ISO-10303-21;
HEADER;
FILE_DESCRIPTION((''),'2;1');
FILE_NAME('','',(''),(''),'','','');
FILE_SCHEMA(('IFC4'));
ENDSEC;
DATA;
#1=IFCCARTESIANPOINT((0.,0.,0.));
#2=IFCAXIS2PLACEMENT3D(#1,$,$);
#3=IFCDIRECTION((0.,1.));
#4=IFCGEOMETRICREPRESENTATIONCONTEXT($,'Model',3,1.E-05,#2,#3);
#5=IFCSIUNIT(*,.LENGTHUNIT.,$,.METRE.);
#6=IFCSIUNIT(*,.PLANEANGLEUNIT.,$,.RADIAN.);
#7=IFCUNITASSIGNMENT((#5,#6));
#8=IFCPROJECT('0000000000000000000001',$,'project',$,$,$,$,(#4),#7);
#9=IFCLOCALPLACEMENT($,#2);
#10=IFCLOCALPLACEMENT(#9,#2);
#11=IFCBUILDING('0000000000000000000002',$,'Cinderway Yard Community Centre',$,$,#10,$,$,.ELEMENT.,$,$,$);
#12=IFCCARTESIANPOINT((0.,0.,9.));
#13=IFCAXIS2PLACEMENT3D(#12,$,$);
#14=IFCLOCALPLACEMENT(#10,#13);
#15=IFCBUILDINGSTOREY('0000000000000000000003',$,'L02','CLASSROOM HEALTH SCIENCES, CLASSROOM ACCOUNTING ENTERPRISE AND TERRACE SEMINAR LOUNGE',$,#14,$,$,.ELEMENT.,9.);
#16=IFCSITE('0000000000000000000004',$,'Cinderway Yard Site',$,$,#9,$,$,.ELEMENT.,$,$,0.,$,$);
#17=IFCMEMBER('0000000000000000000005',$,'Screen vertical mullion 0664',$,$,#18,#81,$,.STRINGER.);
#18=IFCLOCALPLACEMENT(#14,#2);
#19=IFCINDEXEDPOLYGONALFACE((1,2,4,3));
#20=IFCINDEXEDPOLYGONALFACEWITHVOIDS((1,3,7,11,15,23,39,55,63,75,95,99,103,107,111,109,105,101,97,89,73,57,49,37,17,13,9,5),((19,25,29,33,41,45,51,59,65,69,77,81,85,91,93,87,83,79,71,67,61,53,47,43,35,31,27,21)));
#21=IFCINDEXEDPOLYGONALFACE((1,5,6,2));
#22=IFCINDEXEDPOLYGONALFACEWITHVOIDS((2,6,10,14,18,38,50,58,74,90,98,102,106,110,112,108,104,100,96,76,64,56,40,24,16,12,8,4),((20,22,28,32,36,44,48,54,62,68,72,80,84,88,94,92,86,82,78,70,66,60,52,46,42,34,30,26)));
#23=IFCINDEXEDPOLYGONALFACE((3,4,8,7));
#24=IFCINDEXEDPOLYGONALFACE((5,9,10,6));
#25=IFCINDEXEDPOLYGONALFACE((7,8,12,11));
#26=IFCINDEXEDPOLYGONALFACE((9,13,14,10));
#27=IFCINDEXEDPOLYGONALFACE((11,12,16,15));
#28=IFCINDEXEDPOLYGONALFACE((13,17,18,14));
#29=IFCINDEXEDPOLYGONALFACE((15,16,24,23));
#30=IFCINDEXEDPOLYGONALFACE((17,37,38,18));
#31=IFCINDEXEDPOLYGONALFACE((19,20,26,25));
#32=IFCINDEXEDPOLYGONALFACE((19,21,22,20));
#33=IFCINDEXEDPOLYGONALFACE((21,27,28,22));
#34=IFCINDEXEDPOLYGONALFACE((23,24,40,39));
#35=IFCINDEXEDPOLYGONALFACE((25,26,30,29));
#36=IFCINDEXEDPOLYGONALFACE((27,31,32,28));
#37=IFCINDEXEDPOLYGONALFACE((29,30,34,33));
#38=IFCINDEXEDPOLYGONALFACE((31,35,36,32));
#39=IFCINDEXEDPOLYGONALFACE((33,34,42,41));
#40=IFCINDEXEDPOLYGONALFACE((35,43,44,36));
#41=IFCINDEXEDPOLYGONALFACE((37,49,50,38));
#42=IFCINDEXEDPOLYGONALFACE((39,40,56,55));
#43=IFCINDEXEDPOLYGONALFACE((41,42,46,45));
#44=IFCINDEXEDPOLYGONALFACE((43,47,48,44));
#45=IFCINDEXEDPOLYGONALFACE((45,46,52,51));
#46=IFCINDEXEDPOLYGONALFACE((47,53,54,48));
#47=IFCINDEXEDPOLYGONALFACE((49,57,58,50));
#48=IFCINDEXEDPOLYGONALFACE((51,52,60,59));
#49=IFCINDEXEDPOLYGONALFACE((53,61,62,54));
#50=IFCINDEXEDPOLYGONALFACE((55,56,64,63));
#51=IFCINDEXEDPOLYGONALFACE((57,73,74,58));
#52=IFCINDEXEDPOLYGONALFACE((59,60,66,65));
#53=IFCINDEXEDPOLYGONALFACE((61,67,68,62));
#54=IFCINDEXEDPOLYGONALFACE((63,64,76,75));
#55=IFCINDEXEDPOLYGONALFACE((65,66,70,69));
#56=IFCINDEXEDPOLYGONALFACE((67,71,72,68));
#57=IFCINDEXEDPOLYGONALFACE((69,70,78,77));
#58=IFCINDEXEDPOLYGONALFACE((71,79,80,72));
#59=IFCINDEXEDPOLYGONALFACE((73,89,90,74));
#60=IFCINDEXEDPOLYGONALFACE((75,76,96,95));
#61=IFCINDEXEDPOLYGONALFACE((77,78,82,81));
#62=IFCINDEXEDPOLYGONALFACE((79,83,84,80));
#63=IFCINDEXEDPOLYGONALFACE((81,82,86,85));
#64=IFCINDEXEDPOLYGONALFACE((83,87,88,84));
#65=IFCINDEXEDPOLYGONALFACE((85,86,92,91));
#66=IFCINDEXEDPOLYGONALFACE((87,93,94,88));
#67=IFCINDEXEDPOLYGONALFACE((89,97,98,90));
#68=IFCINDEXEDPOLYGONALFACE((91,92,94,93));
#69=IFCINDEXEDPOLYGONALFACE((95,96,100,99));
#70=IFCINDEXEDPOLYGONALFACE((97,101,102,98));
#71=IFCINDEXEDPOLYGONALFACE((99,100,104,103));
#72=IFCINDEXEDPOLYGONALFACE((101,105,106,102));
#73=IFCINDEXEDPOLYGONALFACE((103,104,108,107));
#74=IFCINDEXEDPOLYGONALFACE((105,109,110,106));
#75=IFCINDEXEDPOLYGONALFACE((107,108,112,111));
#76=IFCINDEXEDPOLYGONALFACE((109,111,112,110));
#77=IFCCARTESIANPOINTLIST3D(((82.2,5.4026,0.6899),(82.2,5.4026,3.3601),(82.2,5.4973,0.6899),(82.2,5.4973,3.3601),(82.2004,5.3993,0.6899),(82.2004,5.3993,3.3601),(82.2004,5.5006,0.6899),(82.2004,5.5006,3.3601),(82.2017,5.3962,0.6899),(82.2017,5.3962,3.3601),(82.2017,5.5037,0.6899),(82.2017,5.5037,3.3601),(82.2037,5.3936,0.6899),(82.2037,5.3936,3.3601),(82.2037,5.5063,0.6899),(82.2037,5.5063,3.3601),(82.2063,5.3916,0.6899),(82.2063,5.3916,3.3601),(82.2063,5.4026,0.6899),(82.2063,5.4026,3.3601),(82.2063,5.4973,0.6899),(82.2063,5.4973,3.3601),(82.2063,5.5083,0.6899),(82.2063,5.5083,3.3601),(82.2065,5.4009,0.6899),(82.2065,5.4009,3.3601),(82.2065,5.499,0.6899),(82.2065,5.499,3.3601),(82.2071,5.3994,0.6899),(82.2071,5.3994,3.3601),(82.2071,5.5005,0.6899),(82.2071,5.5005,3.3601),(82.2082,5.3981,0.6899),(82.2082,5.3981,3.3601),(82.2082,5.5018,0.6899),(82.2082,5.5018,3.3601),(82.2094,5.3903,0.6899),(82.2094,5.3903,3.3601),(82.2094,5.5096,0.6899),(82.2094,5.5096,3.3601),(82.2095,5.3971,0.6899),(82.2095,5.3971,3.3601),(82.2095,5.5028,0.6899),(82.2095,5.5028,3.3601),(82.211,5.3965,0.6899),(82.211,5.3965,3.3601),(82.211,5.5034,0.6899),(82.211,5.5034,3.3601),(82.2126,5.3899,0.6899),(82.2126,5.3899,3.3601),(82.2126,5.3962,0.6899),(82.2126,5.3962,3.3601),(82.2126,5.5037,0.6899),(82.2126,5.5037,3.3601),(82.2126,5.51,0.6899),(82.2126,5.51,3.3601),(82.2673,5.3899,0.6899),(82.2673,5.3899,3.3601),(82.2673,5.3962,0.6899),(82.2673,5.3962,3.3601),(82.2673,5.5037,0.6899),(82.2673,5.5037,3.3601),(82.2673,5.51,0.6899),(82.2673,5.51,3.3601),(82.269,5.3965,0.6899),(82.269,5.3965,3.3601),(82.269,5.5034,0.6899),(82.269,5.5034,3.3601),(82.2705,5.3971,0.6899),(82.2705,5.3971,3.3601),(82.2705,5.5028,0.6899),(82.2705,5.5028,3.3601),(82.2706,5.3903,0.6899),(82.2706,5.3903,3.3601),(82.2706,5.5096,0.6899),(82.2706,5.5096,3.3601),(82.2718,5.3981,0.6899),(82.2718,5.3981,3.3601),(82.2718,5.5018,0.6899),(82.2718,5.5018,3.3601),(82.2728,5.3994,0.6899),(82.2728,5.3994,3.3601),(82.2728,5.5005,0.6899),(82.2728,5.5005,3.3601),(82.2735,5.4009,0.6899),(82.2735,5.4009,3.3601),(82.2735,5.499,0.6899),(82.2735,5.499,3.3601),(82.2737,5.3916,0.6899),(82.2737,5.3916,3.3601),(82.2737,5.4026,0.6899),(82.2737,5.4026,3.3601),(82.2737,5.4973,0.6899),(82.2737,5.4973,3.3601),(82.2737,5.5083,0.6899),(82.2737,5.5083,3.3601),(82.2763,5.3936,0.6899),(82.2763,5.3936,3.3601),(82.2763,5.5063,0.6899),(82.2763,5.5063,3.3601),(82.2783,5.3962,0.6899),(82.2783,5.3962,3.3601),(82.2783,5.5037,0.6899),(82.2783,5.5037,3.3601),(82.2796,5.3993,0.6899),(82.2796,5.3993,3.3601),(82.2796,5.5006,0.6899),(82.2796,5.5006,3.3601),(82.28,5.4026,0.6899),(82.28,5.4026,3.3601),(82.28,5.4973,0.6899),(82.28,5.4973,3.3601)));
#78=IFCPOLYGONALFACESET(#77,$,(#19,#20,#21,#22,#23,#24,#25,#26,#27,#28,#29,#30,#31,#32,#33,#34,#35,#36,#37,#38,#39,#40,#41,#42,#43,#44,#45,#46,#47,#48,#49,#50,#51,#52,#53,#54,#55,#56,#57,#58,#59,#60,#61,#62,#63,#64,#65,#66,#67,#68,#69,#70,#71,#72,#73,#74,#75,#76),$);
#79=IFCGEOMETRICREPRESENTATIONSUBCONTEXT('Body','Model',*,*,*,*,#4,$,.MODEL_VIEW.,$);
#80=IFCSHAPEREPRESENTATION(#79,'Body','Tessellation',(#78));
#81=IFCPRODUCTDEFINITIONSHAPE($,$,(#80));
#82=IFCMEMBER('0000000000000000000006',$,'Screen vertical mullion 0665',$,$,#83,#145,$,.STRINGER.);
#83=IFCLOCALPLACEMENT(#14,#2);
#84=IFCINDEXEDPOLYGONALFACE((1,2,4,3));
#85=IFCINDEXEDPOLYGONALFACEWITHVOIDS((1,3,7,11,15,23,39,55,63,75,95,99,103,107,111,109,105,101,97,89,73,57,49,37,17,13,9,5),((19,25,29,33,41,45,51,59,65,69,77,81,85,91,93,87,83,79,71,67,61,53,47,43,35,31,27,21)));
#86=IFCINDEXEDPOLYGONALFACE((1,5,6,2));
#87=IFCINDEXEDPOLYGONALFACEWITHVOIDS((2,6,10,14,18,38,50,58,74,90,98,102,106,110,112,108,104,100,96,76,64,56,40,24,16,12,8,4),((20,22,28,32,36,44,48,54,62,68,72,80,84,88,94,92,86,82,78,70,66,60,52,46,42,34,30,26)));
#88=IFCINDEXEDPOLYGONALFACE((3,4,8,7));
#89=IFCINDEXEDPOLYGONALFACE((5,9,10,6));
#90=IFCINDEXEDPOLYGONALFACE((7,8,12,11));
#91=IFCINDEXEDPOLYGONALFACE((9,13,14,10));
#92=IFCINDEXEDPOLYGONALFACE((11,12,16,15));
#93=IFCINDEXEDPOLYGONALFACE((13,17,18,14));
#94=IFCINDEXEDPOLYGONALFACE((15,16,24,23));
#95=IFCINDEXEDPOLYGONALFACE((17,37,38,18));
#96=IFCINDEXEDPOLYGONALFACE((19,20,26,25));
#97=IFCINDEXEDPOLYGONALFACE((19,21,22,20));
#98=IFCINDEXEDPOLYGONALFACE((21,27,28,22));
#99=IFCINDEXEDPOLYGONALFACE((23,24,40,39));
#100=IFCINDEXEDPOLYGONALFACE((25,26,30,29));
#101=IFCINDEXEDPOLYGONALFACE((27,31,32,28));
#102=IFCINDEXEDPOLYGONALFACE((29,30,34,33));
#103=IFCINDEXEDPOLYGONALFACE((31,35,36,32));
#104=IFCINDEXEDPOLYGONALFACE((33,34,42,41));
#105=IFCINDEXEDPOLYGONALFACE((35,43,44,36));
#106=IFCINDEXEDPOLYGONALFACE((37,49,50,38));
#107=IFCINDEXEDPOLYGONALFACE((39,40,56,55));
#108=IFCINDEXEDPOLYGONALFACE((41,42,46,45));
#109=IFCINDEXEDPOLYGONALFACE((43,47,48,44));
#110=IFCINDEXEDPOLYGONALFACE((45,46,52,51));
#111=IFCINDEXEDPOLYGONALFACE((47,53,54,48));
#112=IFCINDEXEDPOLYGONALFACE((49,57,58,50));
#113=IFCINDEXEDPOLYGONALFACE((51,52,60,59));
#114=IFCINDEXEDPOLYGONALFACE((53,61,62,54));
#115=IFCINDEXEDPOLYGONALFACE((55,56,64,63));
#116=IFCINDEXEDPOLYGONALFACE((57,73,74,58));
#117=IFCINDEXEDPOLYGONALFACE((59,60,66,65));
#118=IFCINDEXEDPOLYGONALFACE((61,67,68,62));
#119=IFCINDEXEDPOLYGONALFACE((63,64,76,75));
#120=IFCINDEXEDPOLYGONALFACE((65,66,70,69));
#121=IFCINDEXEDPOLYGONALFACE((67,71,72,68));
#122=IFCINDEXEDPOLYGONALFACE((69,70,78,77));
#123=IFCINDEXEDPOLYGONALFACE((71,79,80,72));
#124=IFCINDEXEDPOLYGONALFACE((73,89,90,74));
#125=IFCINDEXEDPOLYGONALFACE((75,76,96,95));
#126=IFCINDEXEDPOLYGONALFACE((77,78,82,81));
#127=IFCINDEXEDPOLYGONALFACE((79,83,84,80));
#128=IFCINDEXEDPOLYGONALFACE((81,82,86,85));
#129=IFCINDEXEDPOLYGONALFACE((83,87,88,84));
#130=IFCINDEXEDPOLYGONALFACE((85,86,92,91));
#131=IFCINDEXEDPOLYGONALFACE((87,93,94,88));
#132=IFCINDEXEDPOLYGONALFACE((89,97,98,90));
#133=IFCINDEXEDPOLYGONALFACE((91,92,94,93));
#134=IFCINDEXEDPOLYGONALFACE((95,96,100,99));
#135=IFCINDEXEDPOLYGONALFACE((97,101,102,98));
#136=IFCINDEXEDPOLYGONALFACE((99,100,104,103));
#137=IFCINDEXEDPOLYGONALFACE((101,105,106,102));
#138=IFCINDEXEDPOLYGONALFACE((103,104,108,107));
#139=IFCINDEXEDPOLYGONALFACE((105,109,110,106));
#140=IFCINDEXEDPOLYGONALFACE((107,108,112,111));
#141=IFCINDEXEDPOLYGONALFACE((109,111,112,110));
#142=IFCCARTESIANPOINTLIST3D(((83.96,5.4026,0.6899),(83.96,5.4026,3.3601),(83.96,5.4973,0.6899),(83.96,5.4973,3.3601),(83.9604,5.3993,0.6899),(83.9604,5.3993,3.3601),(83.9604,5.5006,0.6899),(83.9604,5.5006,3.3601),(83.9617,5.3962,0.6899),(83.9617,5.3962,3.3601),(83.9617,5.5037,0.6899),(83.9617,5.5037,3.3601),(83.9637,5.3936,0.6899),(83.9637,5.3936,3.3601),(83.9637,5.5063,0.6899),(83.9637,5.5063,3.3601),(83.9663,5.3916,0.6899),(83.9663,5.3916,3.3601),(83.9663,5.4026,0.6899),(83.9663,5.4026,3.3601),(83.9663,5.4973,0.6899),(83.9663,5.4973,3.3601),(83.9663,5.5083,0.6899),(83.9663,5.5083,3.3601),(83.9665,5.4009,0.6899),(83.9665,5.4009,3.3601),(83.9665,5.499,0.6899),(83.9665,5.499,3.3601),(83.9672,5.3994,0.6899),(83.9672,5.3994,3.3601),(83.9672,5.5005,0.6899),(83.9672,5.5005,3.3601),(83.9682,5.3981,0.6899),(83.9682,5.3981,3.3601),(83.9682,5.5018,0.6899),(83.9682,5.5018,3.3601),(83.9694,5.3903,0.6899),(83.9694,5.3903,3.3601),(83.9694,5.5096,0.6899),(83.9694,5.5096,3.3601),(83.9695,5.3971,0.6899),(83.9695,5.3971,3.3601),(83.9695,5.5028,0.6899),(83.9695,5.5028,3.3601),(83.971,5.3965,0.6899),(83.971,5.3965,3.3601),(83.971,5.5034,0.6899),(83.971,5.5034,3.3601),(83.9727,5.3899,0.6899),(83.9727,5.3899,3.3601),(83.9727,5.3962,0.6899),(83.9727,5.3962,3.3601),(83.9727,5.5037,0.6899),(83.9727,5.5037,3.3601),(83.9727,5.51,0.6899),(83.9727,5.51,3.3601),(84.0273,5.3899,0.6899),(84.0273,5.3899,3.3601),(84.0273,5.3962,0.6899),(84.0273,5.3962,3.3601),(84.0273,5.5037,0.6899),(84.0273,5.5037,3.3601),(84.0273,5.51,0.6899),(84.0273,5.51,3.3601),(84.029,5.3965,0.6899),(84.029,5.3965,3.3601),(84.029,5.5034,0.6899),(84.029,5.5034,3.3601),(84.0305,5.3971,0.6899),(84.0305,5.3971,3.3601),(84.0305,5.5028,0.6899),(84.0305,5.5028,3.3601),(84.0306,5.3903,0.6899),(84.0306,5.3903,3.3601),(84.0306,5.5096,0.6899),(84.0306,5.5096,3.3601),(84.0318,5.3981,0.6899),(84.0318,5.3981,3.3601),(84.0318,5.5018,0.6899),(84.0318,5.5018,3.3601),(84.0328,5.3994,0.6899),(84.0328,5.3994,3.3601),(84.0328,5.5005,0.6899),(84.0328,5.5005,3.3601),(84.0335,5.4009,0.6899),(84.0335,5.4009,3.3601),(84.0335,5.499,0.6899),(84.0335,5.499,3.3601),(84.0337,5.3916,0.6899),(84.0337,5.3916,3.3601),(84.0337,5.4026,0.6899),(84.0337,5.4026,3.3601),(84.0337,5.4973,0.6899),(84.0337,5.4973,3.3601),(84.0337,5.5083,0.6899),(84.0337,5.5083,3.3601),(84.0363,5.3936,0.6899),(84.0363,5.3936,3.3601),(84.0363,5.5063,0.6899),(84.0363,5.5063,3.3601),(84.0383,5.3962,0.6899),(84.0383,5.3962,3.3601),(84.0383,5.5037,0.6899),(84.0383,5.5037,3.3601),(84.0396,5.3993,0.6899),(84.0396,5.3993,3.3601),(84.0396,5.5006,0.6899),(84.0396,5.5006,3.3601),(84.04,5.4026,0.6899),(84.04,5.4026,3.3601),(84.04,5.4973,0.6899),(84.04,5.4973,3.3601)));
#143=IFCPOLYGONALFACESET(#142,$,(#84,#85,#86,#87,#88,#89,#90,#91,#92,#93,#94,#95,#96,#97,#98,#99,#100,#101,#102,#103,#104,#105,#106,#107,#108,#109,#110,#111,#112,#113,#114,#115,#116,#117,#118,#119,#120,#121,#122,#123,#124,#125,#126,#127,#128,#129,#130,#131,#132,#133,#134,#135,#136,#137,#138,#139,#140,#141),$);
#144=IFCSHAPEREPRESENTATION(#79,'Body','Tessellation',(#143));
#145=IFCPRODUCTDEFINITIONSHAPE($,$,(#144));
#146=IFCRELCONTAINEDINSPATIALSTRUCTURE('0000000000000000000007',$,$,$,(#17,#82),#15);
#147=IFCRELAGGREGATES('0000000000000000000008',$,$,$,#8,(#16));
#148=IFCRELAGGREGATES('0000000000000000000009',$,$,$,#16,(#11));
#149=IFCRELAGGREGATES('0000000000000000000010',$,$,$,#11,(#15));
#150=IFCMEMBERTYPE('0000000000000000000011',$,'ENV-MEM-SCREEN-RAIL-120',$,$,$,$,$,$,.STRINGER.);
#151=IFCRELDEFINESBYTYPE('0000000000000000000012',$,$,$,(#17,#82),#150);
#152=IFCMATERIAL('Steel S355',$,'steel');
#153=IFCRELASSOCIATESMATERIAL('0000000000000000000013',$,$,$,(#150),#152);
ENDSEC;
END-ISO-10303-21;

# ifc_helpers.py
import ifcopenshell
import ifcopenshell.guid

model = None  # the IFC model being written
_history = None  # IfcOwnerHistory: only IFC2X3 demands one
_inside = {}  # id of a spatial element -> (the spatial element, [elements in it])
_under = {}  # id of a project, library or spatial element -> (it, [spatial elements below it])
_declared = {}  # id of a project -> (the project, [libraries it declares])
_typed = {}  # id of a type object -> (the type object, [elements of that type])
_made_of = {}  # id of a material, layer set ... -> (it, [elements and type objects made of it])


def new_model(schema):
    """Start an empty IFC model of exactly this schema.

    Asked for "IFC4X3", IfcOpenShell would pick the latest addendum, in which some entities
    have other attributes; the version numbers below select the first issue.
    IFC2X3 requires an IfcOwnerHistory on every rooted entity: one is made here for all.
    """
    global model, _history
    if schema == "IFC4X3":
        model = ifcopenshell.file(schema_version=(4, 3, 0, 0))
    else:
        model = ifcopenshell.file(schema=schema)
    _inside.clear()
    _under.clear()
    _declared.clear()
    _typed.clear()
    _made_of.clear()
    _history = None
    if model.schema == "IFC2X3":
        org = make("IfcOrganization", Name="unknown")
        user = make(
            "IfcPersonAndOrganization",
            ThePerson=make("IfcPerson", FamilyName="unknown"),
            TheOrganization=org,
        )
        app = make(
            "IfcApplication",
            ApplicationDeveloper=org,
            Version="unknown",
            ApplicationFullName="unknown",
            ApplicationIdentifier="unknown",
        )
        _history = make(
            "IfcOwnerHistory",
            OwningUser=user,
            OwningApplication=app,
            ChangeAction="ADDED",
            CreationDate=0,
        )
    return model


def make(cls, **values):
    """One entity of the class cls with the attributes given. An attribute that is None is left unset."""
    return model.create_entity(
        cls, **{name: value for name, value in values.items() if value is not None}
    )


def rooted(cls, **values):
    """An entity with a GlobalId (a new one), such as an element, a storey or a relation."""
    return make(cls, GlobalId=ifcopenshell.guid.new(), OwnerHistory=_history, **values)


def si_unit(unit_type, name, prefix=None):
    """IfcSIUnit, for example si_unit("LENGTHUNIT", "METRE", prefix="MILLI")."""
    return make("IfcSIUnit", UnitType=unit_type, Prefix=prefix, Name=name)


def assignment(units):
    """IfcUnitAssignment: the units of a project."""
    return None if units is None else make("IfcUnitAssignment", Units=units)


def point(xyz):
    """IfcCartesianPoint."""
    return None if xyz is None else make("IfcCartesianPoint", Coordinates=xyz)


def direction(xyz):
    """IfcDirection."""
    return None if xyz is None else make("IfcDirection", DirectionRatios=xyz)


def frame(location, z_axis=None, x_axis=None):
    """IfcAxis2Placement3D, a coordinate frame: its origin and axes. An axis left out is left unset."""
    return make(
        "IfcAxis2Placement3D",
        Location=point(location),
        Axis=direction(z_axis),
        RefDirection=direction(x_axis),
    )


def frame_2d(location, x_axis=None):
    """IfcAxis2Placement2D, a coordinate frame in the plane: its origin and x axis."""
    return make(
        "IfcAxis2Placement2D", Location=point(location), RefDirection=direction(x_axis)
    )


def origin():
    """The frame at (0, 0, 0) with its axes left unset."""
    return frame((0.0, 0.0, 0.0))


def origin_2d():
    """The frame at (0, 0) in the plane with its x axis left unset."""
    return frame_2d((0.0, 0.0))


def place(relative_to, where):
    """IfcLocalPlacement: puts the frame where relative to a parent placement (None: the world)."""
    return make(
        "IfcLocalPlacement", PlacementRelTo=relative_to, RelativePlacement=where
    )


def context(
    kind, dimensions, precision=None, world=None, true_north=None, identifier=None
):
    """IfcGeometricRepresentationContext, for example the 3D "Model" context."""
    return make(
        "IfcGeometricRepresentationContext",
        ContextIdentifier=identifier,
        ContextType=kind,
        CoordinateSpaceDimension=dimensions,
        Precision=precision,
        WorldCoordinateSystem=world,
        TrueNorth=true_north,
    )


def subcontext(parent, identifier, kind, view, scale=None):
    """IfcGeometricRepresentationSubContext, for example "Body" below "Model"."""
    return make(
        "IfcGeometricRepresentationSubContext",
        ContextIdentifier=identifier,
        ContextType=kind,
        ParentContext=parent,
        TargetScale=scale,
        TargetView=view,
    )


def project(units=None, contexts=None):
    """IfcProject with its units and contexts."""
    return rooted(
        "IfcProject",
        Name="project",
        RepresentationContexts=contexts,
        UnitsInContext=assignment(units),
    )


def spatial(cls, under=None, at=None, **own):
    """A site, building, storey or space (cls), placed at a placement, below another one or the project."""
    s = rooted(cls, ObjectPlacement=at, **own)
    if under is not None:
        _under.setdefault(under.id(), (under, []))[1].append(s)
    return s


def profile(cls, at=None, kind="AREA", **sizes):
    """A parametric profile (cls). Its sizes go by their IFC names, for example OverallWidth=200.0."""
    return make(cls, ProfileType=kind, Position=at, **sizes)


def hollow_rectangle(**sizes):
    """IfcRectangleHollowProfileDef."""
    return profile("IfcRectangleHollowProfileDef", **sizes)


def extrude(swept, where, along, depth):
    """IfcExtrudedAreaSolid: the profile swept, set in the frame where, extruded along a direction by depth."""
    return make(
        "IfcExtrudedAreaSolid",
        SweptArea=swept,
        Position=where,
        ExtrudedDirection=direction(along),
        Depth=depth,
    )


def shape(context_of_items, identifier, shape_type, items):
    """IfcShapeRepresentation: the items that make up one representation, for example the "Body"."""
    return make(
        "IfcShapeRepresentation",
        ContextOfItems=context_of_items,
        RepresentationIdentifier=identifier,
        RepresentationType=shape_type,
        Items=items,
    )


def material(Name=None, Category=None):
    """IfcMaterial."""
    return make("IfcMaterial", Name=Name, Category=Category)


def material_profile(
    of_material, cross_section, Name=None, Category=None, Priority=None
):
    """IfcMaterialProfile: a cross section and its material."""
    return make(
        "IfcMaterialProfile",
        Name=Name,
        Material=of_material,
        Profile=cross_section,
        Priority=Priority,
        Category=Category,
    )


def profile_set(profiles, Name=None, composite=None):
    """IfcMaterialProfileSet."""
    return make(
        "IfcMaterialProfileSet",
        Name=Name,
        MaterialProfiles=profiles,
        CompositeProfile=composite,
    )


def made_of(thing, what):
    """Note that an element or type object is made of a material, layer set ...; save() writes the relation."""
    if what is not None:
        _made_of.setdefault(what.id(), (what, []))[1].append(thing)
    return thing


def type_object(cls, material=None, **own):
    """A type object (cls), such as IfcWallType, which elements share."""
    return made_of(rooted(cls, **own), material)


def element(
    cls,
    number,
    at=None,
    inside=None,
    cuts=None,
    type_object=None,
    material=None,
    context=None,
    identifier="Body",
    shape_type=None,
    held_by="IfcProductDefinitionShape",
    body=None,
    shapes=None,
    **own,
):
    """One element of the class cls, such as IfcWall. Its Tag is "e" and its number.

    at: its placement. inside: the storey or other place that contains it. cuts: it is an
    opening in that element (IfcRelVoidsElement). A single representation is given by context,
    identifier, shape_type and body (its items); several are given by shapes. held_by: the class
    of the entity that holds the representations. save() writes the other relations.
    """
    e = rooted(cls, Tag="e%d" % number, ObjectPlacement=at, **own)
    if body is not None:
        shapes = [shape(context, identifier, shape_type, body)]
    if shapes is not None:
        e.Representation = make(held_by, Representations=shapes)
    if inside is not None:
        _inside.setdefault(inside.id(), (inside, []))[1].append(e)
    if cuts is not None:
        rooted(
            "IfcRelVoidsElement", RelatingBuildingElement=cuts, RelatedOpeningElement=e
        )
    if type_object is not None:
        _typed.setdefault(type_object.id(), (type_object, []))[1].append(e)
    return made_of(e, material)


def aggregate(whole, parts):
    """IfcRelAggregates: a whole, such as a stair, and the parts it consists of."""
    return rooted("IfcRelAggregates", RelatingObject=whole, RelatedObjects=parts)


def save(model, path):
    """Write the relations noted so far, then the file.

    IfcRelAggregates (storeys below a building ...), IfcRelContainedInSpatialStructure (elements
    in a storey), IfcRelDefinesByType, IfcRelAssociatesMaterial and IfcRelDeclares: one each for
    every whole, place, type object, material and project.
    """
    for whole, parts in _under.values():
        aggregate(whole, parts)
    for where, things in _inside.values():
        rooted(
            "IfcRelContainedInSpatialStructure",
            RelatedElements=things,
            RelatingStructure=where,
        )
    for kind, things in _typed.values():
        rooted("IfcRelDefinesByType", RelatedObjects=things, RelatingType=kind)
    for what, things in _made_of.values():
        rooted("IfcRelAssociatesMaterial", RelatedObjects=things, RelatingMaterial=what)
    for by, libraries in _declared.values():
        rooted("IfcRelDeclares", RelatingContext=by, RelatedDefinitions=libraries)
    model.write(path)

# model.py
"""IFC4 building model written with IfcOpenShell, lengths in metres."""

from ifc_helpers import new_model, si_unit, direction, frame, origin, origin_2d, place, context, subcontext, project, spatial, hollow_rectangle, extrude, material, material_profile, profile_set, type_object, element, save


model = new_model("IFC4")

# Units and contexts
model_context = context("Model", 3, precision=1e-05, world=origin(), true_north=direction((0.0, 1.0)))
body_context = subcontext(model_context, "Body", "Model", "MODEL_VIEW")
ifc_project = project(units=[si_unit("LENGTHUNIT", "METRE"), si_unit("PLANEANGLEUNIT", "RADIAN")], contexts=[model_context])

# Site, building, storey
site_placement = place(None, origin())
site = spatial("IfcSite", under=ifc_project, at=site_placement, Name="Cinderway Yard Site", CompositionType="ELEMENT", RefElevation=0.0)
building_placement = place(site_placement, origin())
building = spatial("IfcBuilding", under=site, at=building_placement, Name="Cinderway Yard Community Centre", CompositionType="ELEMENT")
storey_placement = place(building_placement, frame((0.0, 0.0, 9.0)))
storey = spatial("IfcBuildingStorey", under=building, at=storey_placement, Name="L02", Description="CLASSROOM HEALTH SCIENCES, CLASSROOM ACCOUNTING ENTERPRISE AND TERRACE SEMINAR LOUNGE", CompositionType="ELEMENT", Elevation=9.0)

# Members
ifc_material_1 = material(Name="Steel S355", Category="steel")
ifc_material_profile = material_profile(ifc_material_1, hollow_rectangle(XDim=0.0801, YDim=0.1201, WallThickness=0.0063, InnerFilletRadius=0.0063, OuterFilletRadius=0.0127, at=origin_2d()), Name="Steel S355")
ifc_profile_set = profile_set([ifc_material_profile], Name="Steel S355")
member_type = type_object("IfcMemberType", Name="ENV-MEM-SCREEN-RAIL-120", PredefinedType="STRINGER", material=ifc_profile_set)
for number, where, z_axis, x_axis, name in (
    (1, (82.24, 5.45, 0.6899), (0.0, 0.0, 1.0), (1.0, 0.0, 0.0), "Screen vertical mullion 0664"),
    (2, (84.0, 5.45, 0.6899), (0.0, 0.0, 1.0), (1.0, 0.0, 0.0), "Screen vertical mullion 0665"),
):
    element("IfcMember", number, at=place(storey_placement, frame(where, z_axis=z_axis, x_axis=x_axis)), inside=storey, type_object=member_type, Name=name, PredefinedType="STRINGER", context=body_context, shape_type="SweptSolid", body=[
        extrude(hollow_rectangle(XDim=0.0801, YDim=0.1201, WallThickness=0.0063, InnerFilletRadius=0.0063, OuterFilletRadius=0.0127, at=origin_2d()), origin(), (0.0, 0.0, 1.0), 2.6702),
    ])

save(model, "model.ifc")
